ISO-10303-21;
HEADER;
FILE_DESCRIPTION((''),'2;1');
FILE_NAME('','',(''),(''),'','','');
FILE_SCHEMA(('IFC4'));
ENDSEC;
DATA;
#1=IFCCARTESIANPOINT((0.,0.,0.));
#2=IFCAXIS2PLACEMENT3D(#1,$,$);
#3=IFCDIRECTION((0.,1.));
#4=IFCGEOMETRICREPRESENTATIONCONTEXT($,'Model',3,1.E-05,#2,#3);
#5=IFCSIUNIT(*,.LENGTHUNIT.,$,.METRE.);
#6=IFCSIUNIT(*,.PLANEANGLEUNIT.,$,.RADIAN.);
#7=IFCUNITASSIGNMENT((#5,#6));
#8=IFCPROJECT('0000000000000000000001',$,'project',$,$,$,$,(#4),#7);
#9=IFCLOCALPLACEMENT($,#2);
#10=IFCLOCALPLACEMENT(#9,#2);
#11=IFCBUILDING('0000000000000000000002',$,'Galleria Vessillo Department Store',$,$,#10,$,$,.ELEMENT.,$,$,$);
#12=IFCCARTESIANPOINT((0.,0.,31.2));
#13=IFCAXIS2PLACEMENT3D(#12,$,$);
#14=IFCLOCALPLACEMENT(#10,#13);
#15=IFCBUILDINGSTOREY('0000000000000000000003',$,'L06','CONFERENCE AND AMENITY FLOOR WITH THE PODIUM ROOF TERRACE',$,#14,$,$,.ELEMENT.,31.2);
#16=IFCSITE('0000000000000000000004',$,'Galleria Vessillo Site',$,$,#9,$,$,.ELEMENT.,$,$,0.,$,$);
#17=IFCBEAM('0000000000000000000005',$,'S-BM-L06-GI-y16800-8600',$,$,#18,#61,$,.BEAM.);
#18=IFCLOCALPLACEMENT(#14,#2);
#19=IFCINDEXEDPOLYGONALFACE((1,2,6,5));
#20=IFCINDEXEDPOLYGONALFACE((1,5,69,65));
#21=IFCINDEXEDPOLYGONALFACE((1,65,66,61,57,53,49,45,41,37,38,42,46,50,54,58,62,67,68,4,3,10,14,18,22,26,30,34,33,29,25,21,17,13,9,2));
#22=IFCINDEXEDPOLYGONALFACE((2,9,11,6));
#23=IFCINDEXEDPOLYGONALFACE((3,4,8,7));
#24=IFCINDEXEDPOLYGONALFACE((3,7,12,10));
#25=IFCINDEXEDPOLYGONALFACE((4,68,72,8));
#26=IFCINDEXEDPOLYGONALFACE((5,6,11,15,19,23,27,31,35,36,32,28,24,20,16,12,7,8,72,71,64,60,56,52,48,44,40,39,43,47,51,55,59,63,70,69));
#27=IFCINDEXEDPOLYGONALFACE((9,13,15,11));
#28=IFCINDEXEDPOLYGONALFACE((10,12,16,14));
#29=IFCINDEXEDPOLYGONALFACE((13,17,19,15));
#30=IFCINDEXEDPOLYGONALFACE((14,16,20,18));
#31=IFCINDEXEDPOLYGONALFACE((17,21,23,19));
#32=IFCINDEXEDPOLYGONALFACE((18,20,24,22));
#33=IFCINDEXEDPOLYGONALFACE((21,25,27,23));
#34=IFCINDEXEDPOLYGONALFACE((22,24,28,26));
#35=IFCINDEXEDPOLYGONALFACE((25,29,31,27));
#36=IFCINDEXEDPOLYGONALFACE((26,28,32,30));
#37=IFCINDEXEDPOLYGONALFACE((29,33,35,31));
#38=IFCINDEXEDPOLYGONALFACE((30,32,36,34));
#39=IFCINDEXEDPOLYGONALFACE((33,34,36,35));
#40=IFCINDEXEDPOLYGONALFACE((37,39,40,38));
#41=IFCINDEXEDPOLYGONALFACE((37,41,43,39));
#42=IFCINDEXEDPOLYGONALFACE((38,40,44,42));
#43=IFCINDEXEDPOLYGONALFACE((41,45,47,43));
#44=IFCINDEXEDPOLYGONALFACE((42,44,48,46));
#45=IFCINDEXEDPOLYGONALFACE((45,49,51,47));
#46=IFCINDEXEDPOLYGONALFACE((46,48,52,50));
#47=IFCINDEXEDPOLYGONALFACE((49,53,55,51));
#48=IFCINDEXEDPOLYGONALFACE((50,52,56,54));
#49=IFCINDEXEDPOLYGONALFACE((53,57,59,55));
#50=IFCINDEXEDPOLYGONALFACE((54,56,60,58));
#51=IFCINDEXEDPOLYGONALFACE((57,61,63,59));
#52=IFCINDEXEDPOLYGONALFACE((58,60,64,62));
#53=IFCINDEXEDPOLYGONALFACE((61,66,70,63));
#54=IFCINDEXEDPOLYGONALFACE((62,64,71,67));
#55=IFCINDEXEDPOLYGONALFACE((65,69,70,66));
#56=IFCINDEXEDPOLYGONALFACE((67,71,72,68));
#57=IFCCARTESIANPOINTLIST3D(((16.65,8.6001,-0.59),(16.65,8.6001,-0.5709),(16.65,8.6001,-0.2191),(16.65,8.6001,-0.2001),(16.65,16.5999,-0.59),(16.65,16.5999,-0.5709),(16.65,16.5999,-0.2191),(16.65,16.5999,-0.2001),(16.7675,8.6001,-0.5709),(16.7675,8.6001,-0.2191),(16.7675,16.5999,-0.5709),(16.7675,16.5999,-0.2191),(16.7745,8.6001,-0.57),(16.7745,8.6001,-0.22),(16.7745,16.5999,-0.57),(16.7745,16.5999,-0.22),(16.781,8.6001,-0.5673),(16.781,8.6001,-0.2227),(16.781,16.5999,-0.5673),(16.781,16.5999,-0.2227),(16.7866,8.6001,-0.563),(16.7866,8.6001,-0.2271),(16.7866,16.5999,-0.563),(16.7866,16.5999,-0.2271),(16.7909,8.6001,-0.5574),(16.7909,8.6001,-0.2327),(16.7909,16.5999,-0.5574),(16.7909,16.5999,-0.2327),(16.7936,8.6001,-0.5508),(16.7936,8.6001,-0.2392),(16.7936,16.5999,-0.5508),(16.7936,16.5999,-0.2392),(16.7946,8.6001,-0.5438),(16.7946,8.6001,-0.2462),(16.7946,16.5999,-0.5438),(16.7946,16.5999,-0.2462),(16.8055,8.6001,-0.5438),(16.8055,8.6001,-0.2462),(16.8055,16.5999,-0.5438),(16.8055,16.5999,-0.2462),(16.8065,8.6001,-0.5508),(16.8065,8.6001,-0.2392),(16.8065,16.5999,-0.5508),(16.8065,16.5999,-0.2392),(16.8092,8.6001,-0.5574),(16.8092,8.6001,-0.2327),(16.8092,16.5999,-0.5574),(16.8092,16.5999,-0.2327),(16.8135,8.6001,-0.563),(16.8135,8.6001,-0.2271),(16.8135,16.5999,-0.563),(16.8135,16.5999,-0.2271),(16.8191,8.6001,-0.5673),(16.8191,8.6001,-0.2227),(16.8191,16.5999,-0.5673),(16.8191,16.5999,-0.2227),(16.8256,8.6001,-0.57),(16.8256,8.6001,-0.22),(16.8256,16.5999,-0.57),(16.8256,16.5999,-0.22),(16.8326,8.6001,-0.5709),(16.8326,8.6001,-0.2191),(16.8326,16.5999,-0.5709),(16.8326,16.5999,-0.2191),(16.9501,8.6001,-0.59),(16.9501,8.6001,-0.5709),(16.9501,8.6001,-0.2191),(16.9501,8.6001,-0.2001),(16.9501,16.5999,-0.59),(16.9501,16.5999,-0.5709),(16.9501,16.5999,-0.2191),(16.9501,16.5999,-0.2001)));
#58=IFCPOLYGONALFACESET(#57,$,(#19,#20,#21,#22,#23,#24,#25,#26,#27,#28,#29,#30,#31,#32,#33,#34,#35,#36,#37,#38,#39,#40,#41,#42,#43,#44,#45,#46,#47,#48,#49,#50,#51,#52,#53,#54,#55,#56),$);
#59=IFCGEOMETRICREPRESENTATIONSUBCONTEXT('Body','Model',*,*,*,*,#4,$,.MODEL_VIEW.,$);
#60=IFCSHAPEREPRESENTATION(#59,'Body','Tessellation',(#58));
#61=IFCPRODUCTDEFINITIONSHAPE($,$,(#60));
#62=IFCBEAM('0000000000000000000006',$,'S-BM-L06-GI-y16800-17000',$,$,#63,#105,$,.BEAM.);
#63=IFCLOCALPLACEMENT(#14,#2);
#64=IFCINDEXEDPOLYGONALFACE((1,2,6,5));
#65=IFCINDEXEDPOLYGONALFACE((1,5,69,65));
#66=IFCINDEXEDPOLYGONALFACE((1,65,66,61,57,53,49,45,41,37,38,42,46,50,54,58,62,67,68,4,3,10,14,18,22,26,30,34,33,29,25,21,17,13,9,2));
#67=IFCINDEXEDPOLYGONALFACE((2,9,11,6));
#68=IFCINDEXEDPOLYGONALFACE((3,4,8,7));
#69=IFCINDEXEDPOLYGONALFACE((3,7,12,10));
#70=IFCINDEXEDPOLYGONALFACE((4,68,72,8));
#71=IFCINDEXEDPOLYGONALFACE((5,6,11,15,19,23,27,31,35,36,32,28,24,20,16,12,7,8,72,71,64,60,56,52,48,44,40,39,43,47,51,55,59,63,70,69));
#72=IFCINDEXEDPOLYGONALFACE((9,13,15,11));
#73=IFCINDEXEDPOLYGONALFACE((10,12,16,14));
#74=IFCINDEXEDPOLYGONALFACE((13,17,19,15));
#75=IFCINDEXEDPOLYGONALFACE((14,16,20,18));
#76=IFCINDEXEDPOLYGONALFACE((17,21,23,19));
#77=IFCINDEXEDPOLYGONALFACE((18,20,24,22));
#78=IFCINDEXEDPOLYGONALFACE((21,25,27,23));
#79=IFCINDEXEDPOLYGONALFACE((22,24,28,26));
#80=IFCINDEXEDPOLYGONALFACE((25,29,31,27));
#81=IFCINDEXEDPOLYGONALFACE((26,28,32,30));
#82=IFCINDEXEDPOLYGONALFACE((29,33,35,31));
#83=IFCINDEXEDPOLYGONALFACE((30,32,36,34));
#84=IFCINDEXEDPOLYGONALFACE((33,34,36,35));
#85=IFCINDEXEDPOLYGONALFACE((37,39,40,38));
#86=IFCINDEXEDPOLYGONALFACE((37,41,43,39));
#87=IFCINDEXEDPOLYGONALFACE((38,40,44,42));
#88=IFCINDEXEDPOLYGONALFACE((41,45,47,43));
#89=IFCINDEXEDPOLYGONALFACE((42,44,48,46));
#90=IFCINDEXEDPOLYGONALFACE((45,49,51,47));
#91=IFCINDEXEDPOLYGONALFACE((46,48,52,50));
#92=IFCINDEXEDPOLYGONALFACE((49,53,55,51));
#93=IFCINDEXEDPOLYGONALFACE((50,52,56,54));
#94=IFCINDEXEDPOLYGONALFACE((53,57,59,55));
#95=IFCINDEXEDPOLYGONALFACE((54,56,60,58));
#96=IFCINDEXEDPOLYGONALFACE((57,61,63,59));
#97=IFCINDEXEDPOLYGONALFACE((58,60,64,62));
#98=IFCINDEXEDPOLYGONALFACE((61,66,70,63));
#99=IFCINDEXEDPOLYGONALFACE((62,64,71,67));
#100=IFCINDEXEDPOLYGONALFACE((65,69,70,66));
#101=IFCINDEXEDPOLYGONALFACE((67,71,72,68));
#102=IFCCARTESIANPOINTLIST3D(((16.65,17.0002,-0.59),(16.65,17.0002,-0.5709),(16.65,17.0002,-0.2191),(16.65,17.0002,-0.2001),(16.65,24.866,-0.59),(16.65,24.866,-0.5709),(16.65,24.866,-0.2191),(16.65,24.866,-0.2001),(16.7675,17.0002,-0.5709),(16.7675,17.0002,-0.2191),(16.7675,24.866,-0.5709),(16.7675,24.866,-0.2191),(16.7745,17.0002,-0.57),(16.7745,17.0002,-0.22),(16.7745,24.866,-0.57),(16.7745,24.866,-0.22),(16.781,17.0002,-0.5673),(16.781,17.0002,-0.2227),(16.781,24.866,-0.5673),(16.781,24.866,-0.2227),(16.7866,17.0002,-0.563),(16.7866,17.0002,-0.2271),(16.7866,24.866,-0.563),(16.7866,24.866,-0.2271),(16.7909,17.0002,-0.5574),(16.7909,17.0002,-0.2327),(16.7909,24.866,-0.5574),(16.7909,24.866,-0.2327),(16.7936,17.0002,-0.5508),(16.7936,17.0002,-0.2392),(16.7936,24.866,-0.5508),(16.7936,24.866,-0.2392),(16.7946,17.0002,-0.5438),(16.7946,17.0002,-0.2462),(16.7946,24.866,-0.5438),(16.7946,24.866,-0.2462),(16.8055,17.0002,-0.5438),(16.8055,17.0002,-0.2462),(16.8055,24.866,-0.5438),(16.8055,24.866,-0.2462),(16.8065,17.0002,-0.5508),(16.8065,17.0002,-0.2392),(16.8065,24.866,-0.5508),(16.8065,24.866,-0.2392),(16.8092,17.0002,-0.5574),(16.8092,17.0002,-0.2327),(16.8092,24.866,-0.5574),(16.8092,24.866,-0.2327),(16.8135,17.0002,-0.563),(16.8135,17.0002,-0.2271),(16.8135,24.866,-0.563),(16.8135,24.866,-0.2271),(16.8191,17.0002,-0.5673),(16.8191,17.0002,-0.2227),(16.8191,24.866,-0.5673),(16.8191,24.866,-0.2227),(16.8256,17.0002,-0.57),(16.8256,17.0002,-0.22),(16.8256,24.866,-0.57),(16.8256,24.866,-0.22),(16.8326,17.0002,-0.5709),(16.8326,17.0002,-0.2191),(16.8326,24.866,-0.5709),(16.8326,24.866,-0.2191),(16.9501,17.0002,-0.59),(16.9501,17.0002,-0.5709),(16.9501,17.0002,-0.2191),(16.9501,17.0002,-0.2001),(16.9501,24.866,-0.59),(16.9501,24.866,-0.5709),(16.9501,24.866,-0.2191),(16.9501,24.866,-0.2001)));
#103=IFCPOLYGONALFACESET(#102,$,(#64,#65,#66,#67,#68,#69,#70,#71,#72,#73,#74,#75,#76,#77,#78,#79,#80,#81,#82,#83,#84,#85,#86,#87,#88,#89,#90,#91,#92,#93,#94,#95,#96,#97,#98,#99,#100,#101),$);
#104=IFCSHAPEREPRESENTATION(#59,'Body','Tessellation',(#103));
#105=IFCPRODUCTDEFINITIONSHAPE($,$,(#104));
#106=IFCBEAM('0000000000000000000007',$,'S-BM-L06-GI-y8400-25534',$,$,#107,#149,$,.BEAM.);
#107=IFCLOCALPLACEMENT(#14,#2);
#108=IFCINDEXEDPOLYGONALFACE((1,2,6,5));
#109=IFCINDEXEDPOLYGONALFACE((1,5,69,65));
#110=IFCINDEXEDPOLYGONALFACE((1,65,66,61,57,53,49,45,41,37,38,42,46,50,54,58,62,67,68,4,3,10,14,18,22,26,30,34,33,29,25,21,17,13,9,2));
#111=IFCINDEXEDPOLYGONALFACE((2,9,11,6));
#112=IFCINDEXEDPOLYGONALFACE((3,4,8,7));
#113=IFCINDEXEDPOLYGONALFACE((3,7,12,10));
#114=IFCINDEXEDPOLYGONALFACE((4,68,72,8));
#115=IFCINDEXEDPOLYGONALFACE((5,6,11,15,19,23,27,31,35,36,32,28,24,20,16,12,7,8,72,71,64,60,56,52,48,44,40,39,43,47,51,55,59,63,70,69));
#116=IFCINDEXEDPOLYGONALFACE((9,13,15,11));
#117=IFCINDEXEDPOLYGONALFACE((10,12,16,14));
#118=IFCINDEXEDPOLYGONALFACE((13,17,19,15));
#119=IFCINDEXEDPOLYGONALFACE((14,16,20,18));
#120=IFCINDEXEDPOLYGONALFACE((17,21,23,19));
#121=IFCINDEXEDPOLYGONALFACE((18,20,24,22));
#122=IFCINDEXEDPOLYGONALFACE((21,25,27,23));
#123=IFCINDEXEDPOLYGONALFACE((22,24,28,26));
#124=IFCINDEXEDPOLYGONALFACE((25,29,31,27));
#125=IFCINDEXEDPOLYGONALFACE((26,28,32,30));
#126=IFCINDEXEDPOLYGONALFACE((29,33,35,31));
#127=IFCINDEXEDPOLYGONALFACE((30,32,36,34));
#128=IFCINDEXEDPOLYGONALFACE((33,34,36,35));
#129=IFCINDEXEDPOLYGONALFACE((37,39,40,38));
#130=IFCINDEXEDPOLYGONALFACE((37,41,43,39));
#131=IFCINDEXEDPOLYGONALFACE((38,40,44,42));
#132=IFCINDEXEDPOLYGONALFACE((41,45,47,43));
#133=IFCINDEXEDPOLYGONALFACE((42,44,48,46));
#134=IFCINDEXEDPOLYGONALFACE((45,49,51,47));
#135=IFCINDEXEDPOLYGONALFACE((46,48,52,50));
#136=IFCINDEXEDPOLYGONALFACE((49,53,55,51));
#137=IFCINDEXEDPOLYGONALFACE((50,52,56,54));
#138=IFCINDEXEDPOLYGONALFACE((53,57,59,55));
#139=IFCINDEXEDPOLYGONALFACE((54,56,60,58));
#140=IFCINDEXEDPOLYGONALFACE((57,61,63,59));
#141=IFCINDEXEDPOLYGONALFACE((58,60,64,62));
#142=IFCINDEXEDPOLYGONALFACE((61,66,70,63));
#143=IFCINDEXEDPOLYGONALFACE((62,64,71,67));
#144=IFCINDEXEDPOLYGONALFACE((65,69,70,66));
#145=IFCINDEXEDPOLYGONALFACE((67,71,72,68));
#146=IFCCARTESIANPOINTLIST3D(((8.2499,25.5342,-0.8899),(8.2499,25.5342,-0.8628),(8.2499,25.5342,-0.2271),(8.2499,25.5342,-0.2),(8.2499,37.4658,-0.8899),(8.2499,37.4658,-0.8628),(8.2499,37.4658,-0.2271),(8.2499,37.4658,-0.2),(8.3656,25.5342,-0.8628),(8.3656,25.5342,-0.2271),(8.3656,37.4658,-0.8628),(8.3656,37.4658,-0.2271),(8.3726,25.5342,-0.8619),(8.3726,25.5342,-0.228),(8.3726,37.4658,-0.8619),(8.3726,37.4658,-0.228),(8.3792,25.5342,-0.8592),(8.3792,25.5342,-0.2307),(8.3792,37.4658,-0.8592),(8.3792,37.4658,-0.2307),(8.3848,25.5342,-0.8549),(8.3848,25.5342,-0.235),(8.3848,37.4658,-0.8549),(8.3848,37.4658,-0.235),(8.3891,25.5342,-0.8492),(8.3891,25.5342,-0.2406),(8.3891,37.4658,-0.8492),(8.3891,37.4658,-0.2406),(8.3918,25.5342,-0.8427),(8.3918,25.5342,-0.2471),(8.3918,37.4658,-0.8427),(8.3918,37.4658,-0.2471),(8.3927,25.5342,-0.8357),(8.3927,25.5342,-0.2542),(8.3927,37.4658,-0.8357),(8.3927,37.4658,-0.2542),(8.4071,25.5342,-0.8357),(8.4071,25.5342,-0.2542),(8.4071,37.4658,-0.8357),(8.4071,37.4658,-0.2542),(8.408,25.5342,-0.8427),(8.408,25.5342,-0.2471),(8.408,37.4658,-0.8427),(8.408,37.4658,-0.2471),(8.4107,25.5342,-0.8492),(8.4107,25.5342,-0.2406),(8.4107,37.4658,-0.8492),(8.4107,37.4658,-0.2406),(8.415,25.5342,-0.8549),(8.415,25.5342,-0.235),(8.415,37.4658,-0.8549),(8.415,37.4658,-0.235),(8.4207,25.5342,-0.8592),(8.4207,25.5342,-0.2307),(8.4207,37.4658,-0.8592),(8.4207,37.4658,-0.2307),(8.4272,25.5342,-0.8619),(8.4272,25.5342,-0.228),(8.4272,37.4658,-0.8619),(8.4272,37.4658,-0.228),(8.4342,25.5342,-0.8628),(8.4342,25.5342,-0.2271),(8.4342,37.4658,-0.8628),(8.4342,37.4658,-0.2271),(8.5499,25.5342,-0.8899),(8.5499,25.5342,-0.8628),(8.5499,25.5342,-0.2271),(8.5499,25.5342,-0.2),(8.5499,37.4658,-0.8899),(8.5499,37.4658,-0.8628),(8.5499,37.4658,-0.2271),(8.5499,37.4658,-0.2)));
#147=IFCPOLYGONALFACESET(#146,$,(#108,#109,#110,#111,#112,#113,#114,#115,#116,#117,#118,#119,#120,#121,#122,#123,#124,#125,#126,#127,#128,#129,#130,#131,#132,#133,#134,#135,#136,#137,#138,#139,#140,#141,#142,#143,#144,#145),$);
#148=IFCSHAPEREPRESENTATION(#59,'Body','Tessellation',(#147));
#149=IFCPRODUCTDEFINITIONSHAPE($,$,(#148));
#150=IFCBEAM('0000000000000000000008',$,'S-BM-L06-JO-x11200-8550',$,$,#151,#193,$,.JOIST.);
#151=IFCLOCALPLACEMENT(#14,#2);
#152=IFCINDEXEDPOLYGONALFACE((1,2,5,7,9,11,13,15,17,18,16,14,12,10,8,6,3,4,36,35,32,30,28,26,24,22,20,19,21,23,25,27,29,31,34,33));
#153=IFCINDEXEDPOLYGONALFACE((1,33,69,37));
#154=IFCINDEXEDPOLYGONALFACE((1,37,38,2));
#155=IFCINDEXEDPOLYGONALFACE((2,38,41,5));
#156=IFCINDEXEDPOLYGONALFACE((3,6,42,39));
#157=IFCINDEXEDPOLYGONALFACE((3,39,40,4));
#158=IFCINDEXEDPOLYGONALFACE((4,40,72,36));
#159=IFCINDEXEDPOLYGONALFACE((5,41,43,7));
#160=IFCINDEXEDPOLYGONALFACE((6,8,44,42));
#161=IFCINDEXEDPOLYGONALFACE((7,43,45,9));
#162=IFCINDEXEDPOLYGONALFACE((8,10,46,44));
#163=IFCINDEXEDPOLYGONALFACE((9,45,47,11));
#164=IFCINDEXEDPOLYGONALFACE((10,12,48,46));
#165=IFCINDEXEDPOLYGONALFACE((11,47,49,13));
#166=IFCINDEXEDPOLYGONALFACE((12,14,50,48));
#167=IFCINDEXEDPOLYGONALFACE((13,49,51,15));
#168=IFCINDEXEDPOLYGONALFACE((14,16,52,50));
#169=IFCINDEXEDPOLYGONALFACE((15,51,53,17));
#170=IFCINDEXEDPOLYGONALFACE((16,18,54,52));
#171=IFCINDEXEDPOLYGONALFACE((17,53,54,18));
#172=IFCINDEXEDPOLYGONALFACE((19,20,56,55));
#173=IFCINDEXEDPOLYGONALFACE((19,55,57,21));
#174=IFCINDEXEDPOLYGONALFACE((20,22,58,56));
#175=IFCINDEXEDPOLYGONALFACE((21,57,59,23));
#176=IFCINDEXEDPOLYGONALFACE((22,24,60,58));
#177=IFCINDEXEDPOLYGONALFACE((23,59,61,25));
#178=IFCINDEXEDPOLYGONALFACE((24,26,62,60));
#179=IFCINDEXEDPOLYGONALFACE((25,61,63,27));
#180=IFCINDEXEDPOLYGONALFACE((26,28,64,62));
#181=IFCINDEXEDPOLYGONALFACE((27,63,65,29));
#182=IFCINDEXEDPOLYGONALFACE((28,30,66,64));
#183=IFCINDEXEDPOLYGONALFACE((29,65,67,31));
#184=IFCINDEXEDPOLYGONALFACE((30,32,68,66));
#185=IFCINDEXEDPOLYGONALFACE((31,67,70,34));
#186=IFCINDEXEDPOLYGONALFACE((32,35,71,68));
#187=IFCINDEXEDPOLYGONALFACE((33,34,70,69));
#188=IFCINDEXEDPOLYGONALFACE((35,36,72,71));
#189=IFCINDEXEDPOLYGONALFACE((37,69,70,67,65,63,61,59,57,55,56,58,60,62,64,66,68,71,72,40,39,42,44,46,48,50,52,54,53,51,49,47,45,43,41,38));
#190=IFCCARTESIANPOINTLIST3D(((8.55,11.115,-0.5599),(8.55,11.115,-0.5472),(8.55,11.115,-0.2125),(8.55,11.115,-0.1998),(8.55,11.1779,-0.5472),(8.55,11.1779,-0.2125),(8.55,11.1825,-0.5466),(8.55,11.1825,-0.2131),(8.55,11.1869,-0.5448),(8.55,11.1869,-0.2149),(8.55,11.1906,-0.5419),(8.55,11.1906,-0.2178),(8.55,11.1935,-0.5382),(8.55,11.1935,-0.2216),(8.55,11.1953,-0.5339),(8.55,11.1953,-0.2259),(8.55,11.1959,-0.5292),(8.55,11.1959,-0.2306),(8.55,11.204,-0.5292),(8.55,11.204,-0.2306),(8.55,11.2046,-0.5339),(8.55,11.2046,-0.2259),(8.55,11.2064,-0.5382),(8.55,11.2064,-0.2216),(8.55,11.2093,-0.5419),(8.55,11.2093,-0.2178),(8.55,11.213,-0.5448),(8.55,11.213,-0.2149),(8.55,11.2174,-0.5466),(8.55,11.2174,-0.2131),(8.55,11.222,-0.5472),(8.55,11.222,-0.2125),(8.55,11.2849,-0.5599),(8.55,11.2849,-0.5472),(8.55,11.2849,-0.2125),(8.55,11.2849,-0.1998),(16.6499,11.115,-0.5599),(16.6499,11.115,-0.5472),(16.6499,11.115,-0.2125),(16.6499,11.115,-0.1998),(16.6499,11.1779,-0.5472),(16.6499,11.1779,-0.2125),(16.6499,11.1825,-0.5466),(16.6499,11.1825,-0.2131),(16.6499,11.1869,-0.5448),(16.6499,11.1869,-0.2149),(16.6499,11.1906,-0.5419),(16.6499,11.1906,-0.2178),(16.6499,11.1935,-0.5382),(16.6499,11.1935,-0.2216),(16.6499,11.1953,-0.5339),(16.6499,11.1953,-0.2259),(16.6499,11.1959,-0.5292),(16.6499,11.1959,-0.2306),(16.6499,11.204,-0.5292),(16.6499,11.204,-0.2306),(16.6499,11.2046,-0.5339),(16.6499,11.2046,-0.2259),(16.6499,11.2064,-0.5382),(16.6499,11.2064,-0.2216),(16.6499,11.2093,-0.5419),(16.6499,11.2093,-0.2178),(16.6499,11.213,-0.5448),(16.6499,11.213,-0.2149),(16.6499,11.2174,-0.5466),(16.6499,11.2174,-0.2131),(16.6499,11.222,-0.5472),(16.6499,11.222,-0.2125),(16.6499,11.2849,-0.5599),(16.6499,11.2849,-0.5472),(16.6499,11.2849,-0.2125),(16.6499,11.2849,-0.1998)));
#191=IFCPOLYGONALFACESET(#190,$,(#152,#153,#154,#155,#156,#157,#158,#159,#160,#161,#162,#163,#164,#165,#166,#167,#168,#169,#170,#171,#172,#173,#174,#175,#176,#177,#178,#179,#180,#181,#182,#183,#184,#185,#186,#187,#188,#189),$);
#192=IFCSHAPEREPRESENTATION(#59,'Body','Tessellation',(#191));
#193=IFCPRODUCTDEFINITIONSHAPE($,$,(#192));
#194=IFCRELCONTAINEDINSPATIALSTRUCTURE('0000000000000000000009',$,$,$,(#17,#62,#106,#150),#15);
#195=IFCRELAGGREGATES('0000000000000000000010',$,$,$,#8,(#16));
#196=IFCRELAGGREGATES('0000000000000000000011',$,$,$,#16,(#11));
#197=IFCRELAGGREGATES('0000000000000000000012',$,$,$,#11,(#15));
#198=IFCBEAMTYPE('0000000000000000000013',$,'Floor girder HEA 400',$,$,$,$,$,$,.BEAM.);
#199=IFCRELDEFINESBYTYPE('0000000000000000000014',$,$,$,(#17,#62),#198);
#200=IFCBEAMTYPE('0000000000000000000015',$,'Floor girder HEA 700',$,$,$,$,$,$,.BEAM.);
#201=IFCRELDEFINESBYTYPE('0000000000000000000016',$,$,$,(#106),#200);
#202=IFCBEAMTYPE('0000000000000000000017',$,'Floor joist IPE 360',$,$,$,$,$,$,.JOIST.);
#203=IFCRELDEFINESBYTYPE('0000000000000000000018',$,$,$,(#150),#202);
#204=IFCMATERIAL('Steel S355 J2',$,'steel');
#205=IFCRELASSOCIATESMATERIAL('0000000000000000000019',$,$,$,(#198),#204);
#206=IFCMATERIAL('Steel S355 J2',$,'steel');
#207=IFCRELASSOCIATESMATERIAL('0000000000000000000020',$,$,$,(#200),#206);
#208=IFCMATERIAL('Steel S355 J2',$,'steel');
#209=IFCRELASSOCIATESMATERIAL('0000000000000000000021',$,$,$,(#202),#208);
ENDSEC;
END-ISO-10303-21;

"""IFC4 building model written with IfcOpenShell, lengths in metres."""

from ifc_helpers import new_model, si_unit, direction, frame, origin, origin_2d, place, context, subcontext, project, spatial, i_section, extrude, material, material_profile, profile_set, type_object, element, save


model = new_model("IFC4")

# Units and contexts
model_context = context("Model", 3, precision=1e-05, world=origin(), true_north=direction((0.0, 1.0)))
body_context = subcontext(model_context, "Body", "Model", "MODEL_VIEW")
ifc_project = project(units=[si_unit("LENGTHUNIT", "METRE"), si_unit("PLANEANGLEUNIT", "RADIAN")], contexts=[model_context])

# Site, building, storey
site_placement = place(None, origin())
site = spatial("IfcSite", under=ifc_project, at=site_placement, Name="Galleria Vessillo Site", CompositionType="ELEMENT", RefElevation=0.0)
building_placement = place(site_placement, origin())
building = spatial("IfcBuilding", under=site, at=building_placement, Name="Galleria Vessillo Department Store", CompositionType="ELEMENT")
storey_placement = place(building_placement, frame((0.0, 0.0, 31.2)))
storey = spatial("IfcBuildingStorey", under=building, at=storey_placement, Name="L06", Description="CONFERENCE AND AMENITY FLOOR WITH THE PODIUM ROOF TERRACE", CompositionType="ELEMENT", Elevation=31.2)

# Beams
ifc_material_1 = material(Name="Steel S355 J2", Category="steel")
ifc_material_profile_1 = material_profile(ifc_material_1, i_section(OverallWidth=0.3, OverallDepth=0.3899, WebThickness=0.011, FlangeThickness=0.019, FilletRadius=0.0271, at=origin_2d()), Name="HEA 400")
ifc_profile_set_1 = profile_set([ifc_material_profile_1], Name="Steel S355 J2")
beam_type_1 = type_object("IfcBeamType", Name="Floor girder HEA 400", PredefinedType="BEAM", material=ifc_profile_set_1)
beam_1_placement = place(storey_placement, frame((16.8, 8.6001, -0.395), z_axis=(0.0, 1.0, 0.0), x_axis=(-1.0, 0.0, 0.0)))
element("IfcBeam", 1, at=beam_1_placement, inside=storey, type_object=beam_type_1, Name="S-BM-L06-GI-y16800-8600", PredefinedType="BEAM", context=body_context, shape_type="SweptSolid", body=[
    extrude(i_section(OverallWidth=0.3, OverallDepth=0.3899, WebThickness=0.011, FlangeThickness=0.019, FilletRadius=0.0271, at=origin_2d()), origin(), (0.0, 0.0, 1.0), 7.9998),
])
beam_2_placement = place(storey_placement, frame((16.8, 17.0002, -0.395), z_axis=(0.0, 1.0, 0.0), x_axis=(-1.0, 0.0, 0.0)))
element("IfcBeam", 2, at=beam_2_placement, inside=storey, type_object=beam_type_1, Name="S-BM-L06-GI-y16800-17000", PredefinedType="BEAM", context=body_context, shape_type="SweptSolid", body=[
    extrude(i_section(OverallWidth=0.3, OverallDepth=0.3899, WebThickness=0.011, FlangeThickness=0.019, FilletRadius=0.0271, at=origin_2d()), origin(), (0.0, 0.0, 1.0), 7.8657),
])
ifc_material_2 = material(Name="Steel S355 J2", Category="steel")
ifc_material_profile_2 = material_profile(ifc_material_2, i_section(OverallWidth=0.3, OverallDepth=0.6899, WebThickness=0.0144, FlangeThickness=0.0271, FilletRadius=0.0271, at=origin_2d()), Name="HEA 700")
ifc_profile_set_2 = profile_set([ifc_material_profile_2], Name="Steel S355 J2")
beam_type_2 = type_object("IfcBeamType", Name="Floor girder HEA 700", PredefinedType="BEAM", material=ifc_profile_set_2)
beam_3_placement = place(storey_placement, frame((8.3999, 25.5342, -0.5449), z_axis=(0.0, 1.0, 0.0), x_axis=(-1.0, 0.0, 0.0)))
element("IfcBeam", 3, at=beam_3_placement, inside=storey, type_object=beam_type_2, Name="S-BM-L06-GI-y8400-25534", PredefinedType="BEAM", context=body_context, shape_type="SweptSolid", body=[
    extrude(i_section(OverallWidth=0.3, OverallDepth=0.6899, WebThickness=0.0144, FlangeThickness=0.0271, FilletRadius=0.0271, at=origin_2d()), origin(), (0.0, 0.0, 1.0), 11.9316),
])
ifc_material_3 = material(Name="Steel S355 J2", Category="steel")
ifc_material_profile_3 = material_profile(ifc_material_3, i_section(OverallWidth=0.1699, OverallDepth=0.3601, WebThickness=0.0081, FlangeThickness=0.0127, FilletRadius=0.0181, at=origin_2d()), Name="IPE 360")
ifc_profile_set_3 = profile_set([ifc_material_profile_3], Name="Steel S355 J2")
beam_type_3 = type_object("IfcBeamType", Name="Floor joist IPE 360", PredefinedType="JOIST", material=ifc_profile_set_3)
for number, where, z_axis, x_axis, name in (
    (4, (8.55, 11.2, -0.3799), (1.0, 0.0, 0.0), (0.0, 1.0, 0.0), "S-BM-L06-JO-x11200-8550"),
):
    element("IfcBeam", number, at=place(storey_placement, frame(where, z_axis=z_axis, x_axis=x_axis)), inside=storey, type_object=beam_type_3, Name=name, PredefinedType="JOIST", context=body_context, shape_type="SweptSolid", body=[
        extrude(i_section(OverallWidth=0.1699, OverallDepth=0.3601, WebThickness=0.0081, FlangeThickness=0.0127, FilletRadius=0.0181, at=origin_2d()), origin(), (0.0, 0.0, 1.0), 8.0999),
    ])

save(model, "model.ifc")
